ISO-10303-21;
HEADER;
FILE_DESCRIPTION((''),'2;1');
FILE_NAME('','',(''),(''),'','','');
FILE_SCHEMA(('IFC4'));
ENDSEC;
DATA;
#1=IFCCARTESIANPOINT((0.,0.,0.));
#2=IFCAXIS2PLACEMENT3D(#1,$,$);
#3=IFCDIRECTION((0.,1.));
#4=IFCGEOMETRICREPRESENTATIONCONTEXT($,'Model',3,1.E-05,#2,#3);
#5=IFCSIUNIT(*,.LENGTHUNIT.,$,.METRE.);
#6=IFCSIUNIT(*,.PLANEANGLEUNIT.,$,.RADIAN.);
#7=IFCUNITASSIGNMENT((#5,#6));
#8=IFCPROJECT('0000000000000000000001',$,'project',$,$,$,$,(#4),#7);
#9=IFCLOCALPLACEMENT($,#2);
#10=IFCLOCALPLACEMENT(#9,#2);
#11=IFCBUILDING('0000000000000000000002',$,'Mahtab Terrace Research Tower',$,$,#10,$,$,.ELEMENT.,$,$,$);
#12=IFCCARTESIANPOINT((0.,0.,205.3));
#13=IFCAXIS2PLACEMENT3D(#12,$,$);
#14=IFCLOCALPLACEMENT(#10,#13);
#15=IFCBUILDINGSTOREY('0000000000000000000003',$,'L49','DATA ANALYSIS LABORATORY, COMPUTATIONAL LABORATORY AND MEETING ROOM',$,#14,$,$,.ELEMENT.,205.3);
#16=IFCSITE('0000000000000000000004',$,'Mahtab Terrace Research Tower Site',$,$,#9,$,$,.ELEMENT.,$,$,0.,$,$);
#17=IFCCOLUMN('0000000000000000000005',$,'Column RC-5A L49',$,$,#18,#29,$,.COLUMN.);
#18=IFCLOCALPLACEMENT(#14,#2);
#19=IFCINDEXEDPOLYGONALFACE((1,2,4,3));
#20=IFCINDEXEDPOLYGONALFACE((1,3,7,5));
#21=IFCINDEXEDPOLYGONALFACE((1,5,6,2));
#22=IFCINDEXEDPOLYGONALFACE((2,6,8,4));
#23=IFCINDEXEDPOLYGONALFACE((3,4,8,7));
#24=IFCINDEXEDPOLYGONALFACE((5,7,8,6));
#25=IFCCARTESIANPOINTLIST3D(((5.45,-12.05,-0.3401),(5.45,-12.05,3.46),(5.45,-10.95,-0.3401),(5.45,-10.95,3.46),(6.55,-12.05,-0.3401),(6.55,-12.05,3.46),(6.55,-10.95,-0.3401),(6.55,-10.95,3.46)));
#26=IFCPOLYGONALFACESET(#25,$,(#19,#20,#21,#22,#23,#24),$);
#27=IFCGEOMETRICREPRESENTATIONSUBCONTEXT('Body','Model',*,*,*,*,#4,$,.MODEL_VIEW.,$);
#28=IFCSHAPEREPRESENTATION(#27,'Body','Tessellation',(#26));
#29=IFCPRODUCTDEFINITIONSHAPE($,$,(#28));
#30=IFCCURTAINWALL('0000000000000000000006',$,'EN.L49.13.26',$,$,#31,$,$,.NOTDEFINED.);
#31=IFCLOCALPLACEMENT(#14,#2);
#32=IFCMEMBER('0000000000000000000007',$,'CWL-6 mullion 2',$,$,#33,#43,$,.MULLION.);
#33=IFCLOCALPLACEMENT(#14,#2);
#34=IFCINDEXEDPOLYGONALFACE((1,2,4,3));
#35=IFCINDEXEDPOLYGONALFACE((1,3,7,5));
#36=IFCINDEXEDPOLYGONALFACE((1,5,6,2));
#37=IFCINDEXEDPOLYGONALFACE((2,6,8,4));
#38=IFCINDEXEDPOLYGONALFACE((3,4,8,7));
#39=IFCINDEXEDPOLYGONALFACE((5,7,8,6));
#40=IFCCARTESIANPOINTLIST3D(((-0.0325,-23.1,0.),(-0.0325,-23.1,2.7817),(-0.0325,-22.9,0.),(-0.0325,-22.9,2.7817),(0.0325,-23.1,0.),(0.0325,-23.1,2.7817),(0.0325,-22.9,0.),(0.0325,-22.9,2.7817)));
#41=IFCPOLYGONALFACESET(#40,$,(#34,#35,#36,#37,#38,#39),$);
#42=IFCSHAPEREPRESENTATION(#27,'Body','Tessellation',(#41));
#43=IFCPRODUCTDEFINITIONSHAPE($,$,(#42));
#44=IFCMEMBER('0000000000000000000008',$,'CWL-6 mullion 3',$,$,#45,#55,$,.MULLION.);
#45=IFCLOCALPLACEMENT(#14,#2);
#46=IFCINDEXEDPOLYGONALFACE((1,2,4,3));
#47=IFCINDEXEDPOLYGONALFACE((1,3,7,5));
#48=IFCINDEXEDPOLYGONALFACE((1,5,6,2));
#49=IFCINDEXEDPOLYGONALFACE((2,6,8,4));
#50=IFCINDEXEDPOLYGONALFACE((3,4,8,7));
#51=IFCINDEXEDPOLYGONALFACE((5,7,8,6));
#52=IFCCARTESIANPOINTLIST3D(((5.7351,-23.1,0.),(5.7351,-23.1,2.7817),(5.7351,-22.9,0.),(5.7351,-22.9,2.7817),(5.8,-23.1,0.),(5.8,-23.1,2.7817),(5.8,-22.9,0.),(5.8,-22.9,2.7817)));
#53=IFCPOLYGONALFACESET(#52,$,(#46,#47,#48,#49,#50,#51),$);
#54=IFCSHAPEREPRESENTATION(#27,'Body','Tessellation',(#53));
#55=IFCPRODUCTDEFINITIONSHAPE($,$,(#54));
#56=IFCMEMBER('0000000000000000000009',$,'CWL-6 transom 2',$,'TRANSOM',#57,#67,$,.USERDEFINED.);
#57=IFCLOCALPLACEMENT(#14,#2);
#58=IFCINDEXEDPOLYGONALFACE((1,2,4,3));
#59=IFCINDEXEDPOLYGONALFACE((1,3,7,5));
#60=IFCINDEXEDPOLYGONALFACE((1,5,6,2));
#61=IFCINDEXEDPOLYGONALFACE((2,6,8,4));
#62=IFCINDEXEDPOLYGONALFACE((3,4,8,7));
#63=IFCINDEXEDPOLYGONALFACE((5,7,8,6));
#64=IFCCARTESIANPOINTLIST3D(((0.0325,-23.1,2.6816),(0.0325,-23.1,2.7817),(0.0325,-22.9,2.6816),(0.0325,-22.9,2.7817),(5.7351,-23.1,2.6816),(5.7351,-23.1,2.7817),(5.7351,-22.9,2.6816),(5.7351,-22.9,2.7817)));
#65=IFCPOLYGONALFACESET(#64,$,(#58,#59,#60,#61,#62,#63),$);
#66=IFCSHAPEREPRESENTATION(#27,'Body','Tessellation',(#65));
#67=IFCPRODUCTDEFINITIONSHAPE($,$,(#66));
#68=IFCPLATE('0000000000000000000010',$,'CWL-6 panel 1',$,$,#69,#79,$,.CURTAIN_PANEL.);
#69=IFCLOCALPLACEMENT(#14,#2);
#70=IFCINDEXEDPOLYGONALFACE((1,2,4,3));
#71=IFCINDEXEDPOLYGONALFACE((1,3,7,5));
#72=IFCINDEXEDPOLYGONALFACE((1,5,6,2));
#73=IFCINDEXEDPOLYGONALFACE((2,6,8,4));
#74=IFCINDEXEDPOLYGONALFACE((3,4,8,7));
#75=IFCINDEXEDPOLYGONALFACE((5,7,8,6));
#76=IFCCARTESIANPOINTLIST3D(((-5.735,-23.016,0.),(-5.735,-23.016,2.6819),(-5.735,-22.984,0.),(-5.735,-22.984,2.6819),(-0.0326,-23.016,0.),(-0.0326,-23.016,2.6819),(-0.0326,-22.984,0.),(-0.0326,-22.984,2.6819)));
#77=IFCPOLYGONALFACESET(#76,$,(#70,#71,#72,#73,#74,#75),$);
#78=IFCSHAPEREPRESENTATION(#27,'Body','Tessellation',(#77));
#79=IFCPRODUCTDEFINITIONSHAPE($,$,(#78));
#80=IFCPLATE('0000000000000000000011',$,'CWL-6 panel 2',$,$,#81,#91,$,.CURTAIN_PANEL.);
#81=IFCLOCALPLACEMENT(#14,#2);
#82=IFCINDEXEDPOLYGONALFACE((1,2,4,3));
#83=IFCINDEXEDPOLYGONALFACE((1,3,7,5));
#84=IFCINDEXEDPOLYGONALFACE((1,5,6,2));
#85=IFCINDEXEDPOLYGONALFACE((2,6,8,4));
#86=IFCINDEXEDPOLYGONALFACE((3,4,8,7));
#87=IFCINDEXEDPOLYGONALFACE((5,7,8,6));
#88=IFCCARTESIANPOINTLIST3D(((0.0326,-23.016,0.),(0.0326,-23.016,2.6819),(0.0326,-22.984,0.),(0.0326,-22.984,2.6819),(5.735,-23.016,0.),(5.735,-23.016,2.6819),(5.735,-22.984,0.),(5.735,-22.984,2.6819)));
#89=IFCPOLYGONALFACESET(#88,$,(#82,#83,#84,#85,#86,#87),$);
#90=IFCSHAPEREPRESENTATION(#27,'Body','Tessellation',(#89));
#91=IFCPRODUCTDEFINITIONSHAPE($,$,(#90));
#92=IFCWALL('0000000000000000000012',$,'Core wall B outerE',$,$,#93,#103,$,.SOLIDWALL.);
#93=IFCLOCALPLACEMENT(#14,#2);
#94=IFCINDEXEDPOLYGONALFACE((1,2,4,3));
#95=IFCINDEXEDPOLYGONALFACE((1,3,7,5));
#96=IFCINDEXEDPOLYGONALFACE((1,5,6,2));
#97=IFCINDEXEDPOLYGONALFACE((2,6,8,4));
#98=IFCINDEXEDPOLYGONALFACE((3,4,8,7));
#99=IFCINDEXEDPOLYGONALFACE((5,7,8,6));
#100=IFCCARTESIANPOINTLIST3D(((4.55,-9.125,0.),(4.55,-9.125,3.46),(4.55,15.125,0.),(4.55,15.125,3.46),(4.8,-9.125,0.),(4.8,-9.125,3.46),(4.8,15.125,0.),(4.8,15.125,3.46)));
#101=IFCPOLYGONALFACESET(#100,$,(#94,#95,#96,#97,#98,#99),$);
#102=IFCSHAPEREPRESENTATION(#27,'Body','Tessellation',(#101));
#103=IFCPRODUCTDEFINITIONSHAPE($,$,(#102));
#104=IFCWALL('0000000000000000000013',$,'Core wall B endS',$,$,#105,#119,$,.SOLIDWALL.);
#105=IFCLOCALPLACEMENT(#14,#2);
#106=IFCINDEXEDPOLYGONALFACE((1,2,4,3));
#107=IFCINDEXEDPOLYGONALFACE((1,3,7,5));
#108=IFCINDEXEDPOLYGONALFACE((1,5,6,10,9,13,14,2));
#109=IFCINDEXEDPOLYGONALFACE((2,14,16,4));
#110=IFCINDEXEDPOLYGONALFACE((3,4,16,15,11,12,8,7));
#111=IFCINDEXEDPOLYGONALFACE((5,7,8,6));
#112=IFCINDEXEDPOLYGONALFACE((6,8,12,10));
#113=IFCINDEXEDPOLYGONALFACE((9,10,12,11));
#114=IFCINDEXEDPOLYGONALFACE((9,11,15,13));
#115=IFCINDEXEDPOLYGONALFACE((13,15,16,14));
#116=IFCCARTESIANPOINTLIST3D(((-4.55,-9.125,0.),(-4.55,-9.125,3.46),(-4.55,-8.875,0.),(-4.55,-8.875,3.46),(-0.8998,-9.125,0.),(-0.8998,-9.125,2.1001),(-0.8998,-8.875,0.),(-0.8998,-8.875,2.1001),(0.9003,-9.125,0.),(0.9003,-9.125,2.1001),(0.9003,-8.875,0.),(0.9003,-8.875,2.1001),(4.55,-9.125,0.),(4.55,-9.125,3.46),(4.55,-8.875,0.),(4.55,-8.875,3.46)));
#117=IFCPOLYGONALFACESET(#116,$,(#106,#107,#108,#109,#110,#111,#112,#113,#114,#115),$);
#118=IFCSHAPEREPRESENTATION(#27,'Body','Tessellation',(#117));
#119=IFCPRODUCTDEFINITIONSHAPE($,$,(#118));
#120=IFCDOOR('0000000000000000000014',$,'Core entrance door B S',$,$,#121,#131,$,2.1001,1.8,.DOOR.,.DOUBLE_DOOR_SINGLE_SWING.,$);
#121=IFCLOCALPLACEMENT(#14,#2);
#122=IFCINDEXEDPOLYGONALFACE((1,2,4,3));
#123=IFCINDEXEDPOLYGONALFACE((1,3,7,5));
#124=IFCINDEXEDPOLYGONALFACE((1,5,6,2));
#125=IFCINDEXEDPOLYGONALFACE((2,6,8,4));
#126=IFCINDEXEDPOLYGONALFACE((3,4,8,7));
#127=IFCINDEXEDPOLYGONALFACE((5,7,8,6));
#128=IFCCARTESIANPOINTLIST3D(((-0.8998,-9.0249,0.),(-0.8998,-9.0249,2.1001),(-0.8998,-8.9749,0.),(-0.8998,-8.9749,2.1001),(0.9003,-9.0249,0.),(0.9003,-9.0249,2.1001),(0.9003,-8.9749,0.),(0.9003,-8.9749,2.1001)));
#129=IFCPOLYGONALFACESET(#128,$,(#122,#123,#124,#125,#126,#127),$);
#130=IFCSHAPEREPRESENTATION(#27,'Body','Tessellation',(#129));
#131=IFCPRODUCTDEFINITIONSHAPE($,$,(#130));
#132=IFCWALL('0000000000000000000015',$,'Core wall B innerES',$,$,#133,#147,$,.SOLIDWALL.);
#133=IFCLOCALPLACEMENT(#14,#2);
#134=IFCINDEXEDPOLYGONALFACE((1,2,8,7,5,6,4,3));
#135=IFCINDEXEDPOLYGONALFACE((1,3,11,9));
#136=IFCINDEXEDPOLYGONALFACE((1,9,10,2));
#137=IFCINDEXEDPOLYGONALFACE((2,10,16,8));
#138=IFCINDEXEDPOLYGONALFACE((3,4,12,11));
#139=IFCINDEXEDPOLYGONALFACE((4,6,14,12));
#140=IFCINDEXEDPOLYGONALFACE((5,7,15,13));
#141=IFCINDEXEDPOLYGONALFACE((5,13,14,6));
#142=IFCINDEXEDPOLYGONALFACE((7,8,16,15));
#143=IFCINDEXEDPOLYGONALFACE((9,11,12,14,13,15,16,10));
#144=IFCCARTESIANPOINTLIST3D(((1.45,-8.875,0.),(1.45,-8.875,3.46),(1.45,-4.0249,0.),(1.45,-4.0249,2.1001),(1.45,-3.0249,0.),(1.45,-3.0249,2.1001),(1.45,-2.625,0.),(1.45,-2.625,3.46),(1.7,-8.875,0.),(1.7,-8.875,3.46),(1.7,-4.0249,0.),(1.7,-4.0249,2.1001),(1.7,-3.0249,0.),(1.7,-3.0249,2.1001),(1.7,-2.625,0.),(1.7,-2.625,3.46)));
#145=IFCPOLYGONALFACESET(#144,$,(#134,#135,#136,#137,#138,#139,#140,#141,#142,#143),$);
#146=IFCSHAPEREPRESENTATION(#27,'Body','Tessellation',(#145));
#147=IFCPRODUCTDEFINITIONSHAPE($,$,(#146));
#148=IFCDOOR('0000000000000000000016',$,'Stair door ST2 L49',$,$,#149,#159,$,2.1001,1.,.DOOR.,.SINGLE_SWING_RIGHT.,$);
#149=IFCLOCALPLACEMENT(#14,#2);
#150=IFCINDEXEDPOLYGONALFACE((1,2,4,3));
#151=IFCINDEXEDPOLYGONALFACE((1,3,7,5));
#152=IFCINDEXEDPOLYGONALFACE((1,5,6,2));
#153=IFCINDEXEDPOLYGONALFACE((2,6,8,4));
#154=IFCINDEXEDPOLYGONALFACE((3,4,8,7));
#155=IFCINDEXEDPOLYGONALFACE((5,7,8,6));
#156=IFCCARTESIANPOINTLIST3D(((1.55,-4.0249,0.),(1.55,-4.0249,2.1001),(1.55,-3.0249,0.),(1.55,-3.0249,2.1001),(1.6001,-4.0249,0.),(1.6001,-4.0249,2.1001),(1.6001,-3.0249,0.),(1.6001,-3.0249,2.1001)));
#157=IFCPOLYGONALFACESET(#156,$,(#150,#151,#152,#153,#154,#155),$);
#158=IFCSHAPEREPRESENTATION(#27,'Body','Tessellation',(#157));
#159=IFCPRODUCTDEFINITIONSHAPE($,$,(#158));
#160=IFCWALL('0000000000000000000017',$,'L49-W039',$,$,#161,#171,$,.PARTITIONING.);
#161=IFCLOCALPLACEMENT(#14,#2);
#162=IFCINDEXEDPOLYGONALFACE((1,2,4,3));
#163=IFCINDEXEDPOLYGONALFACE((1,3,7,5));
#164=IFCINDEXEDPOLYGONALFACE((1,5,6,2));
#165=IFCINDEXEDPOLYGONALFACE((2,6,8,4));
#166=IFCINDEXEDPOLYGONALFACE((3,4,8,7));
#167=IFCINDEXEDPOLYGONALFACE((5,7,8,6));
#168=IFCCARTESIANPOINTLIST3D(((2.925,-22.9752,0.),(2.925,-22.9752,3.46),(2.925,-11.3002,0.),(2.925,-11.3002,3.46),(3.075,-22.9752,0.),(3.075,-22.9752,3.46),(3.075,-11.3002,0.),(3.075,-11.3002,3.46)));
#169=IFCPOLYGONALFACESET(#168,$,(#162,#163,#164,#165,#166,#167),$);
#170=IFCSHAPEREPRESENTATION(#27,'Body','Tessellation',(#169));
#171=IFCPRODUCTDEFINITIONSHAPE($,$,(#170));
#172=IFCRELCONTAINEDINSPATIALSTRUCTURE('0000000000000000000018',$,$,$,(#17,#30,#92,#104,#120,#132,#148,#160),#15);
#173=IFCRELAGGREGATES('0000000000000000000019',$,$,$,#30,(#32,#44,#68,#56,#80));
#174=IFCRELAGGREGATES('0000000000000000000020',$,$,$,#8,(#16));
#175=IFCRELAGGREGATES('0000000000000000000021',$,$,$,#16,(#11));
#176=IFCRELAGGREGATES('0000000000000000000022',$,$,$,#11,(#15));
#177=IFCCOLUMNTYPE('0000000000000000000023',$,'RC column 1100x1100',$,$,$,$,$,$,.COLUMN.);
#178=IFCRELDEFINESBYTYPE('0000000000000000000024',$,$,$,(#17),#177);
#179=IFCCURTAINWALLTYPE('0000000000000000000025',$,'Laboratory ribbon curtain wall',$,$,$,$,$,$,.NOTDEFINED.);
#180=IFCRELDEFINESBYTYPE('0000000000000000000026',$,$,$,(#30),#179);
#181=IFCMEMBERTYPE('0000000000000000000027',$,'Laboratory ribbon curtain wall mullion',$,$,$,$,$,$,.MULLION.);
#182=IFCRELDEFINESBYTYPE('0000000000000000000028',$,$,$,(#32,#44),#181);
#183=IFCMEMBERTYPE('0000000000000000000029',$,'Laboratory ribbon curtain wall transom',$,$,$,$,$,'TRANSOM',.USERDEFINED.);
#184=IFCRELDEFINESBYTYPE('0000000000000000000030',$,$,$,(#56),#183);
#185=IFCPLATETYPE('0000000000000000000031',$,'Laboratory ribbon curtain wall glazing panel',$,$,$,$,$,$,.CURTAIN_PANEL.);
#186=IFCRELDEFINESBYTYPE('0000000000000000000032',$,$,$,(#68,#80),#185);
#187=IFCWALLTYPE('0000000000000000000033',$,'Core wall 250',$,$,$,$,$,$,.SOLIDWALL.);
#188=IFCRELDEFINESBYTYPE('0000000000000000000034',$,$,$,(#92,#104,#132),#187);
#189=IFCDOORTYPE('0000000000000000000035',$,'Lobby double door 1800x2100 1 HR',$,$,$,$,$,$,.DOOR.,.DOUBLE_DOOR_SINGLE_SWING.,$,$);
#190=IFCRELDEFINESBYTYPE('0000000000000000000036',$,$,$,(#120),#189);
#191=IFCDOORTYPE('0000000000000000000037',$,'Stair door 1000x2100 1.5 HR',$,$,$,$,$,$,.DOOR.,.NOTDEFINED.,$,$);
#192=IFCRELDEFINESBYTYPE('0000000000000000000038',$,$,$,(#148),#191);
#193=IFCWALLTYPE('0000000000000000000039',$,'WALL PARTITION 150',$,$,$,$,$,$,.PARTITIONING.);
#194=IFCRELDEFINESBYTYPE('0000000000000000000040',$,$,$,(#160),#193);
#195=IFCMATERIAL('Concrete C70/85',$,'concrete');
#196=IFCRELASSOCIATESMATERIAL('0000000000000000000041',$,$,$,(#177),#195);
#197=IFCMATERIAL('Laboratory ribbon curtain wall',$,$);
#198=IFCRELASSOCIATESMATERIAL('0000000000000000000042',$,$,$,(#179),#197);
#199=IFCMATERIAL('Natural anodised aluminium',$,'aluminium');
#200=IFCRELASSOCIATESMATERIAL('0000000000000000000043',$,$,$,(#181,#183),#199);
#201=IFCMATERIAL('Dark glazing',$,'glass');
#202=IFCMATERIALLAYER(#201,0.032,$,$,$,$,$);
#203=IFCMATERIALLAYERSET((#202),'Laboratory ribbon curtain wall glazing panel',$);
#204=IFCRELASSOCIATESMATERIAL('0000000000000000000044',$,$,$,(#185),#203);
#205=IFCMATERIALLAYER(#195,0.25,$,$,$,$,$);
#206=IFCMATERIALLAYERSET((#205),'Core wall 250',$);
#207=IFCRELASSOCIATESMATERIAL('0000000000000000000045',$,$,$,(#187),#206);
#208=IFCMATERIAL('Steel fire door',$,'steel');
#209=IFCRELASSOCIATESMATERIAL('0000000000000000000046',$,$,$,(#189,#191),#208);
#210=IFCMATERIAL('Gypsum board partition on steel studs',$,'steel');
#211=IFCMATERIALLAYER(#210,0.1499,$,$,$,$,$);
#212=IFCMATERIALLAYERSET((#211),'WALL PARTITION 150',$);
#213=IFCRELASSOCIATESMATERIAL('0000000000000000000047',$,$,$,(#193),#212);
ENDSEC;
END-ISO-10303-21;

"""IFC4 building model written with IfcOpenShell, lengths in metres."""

from ifc_helpers import new_model, si_unit, direction, frame, frame_2d, origin, origin_2d, place, context, subcontext, project, spatial, rectangle, extrude, material, layer, layer_set, material_profile, profile_set, type_object, element, fill, aggregate, save


model = new_model("IFC4")

# Units and contexts
model_context = context("Model", 3, precision=1e-05, world=origin(), true_north=direction((0.0, 1.0)))
body_context = subcontext(model_context, "Body", "Model", "MODEL_VIEW")
ifc_project = project(units=[si_unit("LENGTHUNIT", "METRE"), si_unit("PLANEANGLEUNIT", "RADIAN")], contexts=[model_context])

# Site, building, storey
site_placement = place(None, origin())
site = spatial("IfcSite", under=ifc_project, at=site_placement, Name="Mahtab Terrace Research Tower Site", CompositionType="ELEMENT", RefElevation=0.0)
building_placement = place(site_placement, origin())
building = spatial("IfcBuilding", under=site, at=building_placement, Name="Mahtab Terrace Research Tower", CompositionType="ELEMENT")
storey_placement = place(building_placement, frame((0.0, 0.0, 205.3)))
storey = spatial("IfcBuildingStorey", under=building, at=storey_placement, Name="L49", Description="DATA ANALYSIS LABORATORY, COMPUTATIONAL LABORATORY AND MEETING ROOM", CompositionType="ELEMENT", Elevation=205.3)

# Column
ifc_material_1 = material(Name="Concrete C70/85", Category="concrete")
ifc_material_profile_1 = material_profile(ifc_material_1, rectangle(XDim=1.1001, YDim=1.1001, at=origin_2d()), Name="RC column 1100x1100")
ifc_profile_set_1 = profile_set([ifc_material_profile_1], Name="Concrete C70/85")
column_type = type_object("IfcColumnType", Name="RC column 1100x1100", PredefinedType="COLUMN", material=ifc_profile_set_1)
column_placement = place(storey_placement, frame((6.0, -11.5, -0.3401), z_axis=(0.0, 0.0, 1.0), x_axis=(1.0, 0.0, 0.0)))
element("IfcColumn", 1, at=column_placement, inside=storey, type_object=column_type, Name="Column RC-5A L49", PredefinedType="COLUMN", context=body_context, shape_type="SweptSolid", body=[
    extrude(rectangle(XDim=1.1001, YDim=1.1001, at=origin_2d()), origin(), (0.0, 0.0, 1.0), 3.8),
])

# Curtain wall, members, plates
ifc_material_2 = material(Name="Laboratory ribbon curtain wall")
curtain_wall_type = type_object("IfcCurtainWallType", Name="Laboratory ribbon curtain wall", PredefinedType="NOTDEFINED", material=ifc_material_2)
curtain_wall_placement = place(storey_placement, origin())
curtain_wall = element("IfcCurtainWall", 2, at=curtain_wall_placement, inside=storey, type_object=curtain_wall_type, Name="EN.L49.13.26", PredefinedType="NOTDEFINED")
ifc_material_3 = material(Name="Natural anodised aluminium", Category="aluminium")
ifc_material_profile_2 = material_profile(ifc_material_3, rectangle(XDim=0.2, YDim=0.0649, at=origin_2d()), Name="MULLION 65x200")
ifc_profile_set_2 = profile_set([ifc_material_profile_2], Name="Natural anodised aluminium")
member_type_1 = type_object("IfcMemberType", Name="Laboratory ribbon curtain wall mullion", PredefinedType="MULLION", material=ifc_profile_set_2)
member_1_placement = place(storey_placement, frame((0.0, -23.0, 0.0), z_axis=(0.0, 0.0, 1.0), x_axis=(0.0, 1.0, 0.0)))
member_1 = element("IfcMember", 3, at=member_1_placement, type_object=member_type_1, Name="CWL-6 mullion 2", PredefinedType="MULLION", context=body_context, shape_type="SweptSolid", body=[
    extrude(rectangle(XDim=0.2, YDim=0.0649, at=origin_2d()), origin(), (0.0, 0.0, 1.0), 2.7817),
])
member_2_placement = place(storey_placement, frame((5.7676, -23.0, 0.0), z_axis=(0.0, 0.0, 1.0), x_axis=(0.0, 1.0, 0.0)))
member_2 = element("IfcMember", 4, at=member_2_placement, type_object=member_type_1, Name="CWL-6 mullion 3", PredefinedType="MULLION", context=body_context, shape_type="SweptSolid", body=[
    extrude(rectangle(XDim=0.2, YDim=0.0649, at=origin_2d()), origin(), (0.0, 0.0, 1.0), 2.7817),
])
ifc_material_profile_3 = material_profile(ifc_material_3, rectangle(XDim=0.2, YDim=0.1001, at=origin_2d()), Name="TRANSOM 100x200")
ifc_profile_set_3 = profile_set([ifc_material_profile_3], Name="Natural anodised aluminium")
member_type_2 = type_object("IfcMemberType", Name="Laboratory ribbon curtain wall transom", ElementType="TRANSOM", PredefinedType="USERDEFINED", material=ifc_profile_set_3)
member_3_placement = place(storey_placement, frame((0.0325, -23.0, 2.7317), z_axis=(1.0, 0.0, 0.0), x_axis=(0.0, 1.0, 0.0)))
member_3 = element("IfcMember", 5, at=member_3_placement, type_object=member_type_2, Name="CWL-6 transom 2", ObjectType="TRANSOM", PredefinedType="USERDEFINED", context=body_context, shape_type="SweptSolid", body=[
    extrude(rectangle(XDim=0.2, YDim=0.1001, at=origin_2d()), origin(), (0.0, 0.0, 1.0), 5.7026),
])
ifc_material_4 = material(Name="Dark glazing", Category="glass")
ifc_layer_1 = layer(ifc_material_4, 0.032)
ifc_layer_set_1 = layer_set([ifc_layer_1], Name="Laboratory ribbon curtain wall glazing panel")
plate_type = type_object("IfcPlateType", Name="Laboratory ribbon curtain wall glazing panel", PredefinedType="CURTAIN_PANEL", material=ifc_layer_set_1)
plate_1_placement = place(storey_placement, frame((-2.8838, -23.0, 0.0), z_axis=(0.0, 0.0, 1.0), x_axis=(1.0, 0.0, 0.0)))
plate_1 = element("IfcPlate", 6, at=plate_1_placement, type_object=plate_type, Name="CWL-6 panel 1", PredefinedType="CURTAIN_PANEL", context=body_context, shape_type="SweptSolid", body=[
    extrude(rectangle(XDim=5.7024, YDim=0.032, at=origin_2d()), origin(), (0.0, 0.0, 1.0), 2.6819),
])
plate_2_placement = place(storey_placement, frame((2.8838, -23.0, 0.0), z_axis=(0.0, 0.0, 1.0), x_axis=(1.0, 0.0, 0.0)))
plate_2 = element("IfcPlate", 7, at=plate_2_placement, type_object=plate_type, Name="CWL-6 panel 2", PredefinedType="CURTAIN_PANEL", context=body_context, shape_type="SweptSolid", body=[
    extrude(rectangle(XDim=5.7024, YDim=0.032, at=origin_2d()), origin(), (0.0, 0.0, 1.0), 2.6819),
])
aggregate(curtain_wall, [member_1, member_2, plate_1, member_3, plate_2])

# Wall
ifc_layer_2 = layer(ifc_material_1, 0.25)
ifc_layer_set_2 = layer_set([ifc_layer_2], Name="Core wall 250")
wall_type_1 = type_object("IfcWallType", Name="Core wall 250", PredefinedType="SOLIDWALL", material=ifc_layer_set_2)
wall_1_placement = place(storey_placement, frame((4.675, -9.125, 0.0), z_axis=(0.0, 0.0, 1.0), x_axis=(0.0, 1.0, 0.0)))
element("IfcWall", 8, at=wall_1_placement, inside=storey, type_object=wall_type_1, Name="Core wall B outerE", PredefinedType="SOLIDWALL", context=body_context, shape_type="SweptSolid", body=[
    extrude(rectangle(XDim=24.25, YDim=0.25, at=frame_2d((12.125, 0.0))), origin(), (0.0, 0.0, 1.0), 3.46),
])

# Wall, opening, door
wall_2_placement = place(storey_placement, frame((4.55, -9.0, 0.0), z_axis=(0.0, 0.0, 1.0), x_axis=(-1.0, 0.0, 0.0)))
wall_2 = element("IfcWall", 9, at=wall_2_placement, inside=storey, type_object=wall_type_1, Name="Core wall B endS", PredefinedType="SOLIDWALL", context=body_context, shape_type="SweptSolid", body=[
    extrude(rectangle(XDim=9.1001, YDim=0.25, at=frame_2d((4.55, 0.0))), origin(), (0.0, 0.0, 1.0), 3.46),
])
opening_1_placement = place(wall_2_placement, frame((3.6499, 0.0, 0.0)))
opening_1 = element("IfcOpeningElement", 10, at=opening_1_placement, cuts=wall_2, PredefinedType="OPENING", context=body_context, shape_type="SweptSolid", body=[
    extrude(rectangle(XDim=1.8, YDim=2.1001, at=frame_2d((0.8999, 1.05))), frame((0.0, 0.135, 0.0), z_axis=(0.0, -1.0, 0.0), x_axis=(1.0, 0.0, 0.0)), (0.0, 0.0, 1.0), 0.27),
])
ifc_material_5 = material(Name="Steel fire door", Category="steel")
door_type_1 = type_object("IfcDoorType", Name="Lobby double door 1800x2100 1 HR", OperationType="DOUBLE_DOOR_SINGLE_SWING", PredefinedType="DOOR", material=ifc_material_5)
door_1_placement = place(opening_1_placement, origin())
door_1 = element("IfcDoor", 11, at=door_1_placement, inside=storey, type_object=door_type_1, Name="Core entrance door B S", OperationType="DOUBLE_DOOR_SINGLE_SWING", OverallHeight=2.1001, OverallWidth=1.8, PredefinedType="DOOR", context=body_context, shape_type="SweptSolid", body=[
    extrude(rectangle(XDim=1.8, YDim=2.1001, at=frame_2d((0.8999, 1.05))), frame((0.0, 0.0249, 0.0), z_axis=(0.0, -1.0, 0.0), x_axis=(1.0, 0.0, 0.0)), (0.0, 0.0, 1.0), 0.05),
])
fill(opening_1, door_1)

# Wall, opening, door
wall_3_placement = place(storey_placement, frame((1.575, -8.875, 0.0), z_axis=(0.0, 0.0, 1.0), x_axis=(0.0, 1.0, 0.0)))
wall_3 = element("IfcWall", 12, at=wall_3_placement, inside=storey, type_object=wall_type_1, Name="Core wall B innerES", PredefinedType="SOLIDWALL", context=body_context, shape_type="SweptSolid", body=[
    extrude(rectangle(XDim=6.25, YDim=0.25, at=frame_2d((3.125, 0.0))), origin(), (0.0, 0.0, 1.0), 3.46),
])
opening_2_placement = place(wall_3_placement, frame((4.8501, 0.0, 0.0)))
opening_2 = element("IfcOpeningElement", 13, at=opening_2_placement, cuts=wall_3, PredefinedType="OPENING", context=body_context, shape_type="SweptSolid", body=[
    extrude(rectangle(XDim=1.0, YDim=2.1001, at=frame_2d((0.5, 1.05))), frame((0.0, 0.135, 0.0), z_axis=(0.0, -1.0, 0.0), x_axis=(1.0, 0.0, 0.0)), (0.0, 0.0, 1.0), 0.27),
])
door_type_2 = type_object("IfcDoorType", Name="Stair door 1000x2100 1.5 HR", OperationType="NOTDEFINED", PredefinedType="DOOR", material=ifc_material_5)
door_2_placement = place(opening_2_placement, origin())
door_2 = element("IfcDoor", 14, at=door_2_placement, inside=storey, type_object=door_type_2, Name="Stair door ST2 L49", OperationType="SINGLE_SWING_RIGHT", OverallHeight=2.1001, OverallWidth=1.0, PredefinedType="DOOR", context=body_context, shape_type="SweptSolid", body=[
    extrude(rectangle(XDim=1.0, YDim=2.1001, at=frame_2d((0.5, 1.05))), frame((0.0, 0.0249, 0.0), z_axis=(0.0, -1.0, 0.0), x_axis=(1.0, 0.0, 0.0)), (0.0, 0.0, 1.0), 0.05),
])
fill(opening_2, door_2)

# Wall
ifc_material_6 = material(Name="Gypsum board partition on steel studs", Category="steel")
ifc_layer_3 = layer(ifc_material_6, 0.1499)
ifc_layer_set_3 = layer_set([ifc_layer_3], Name="WALL PARTITION 150")
wall_type_2 = type_object("IfcWallType", Name="WALL PARTITION 150", PredefinedType="PARTITIONING", material=ifc_layer_set_3)
wall_4_placement = place(storey_placement, frame((3.0, -22.9751, 0.0), z_axis=(0.0, 0.0, 1.0), x_axis=(0.0, 1.0, 0.0)))
element("IfcWall", 15, at=wall_4_placement, inside=storey, type_object=wall_type_2, Name="L49-W039", PredefinedType="PARTITIONING", context=body_context, shape_type="SweptSolid", body=[
    extrude(rectangle(XDim=11.675, YDim=0.1499, at=frame_2d((5.8374, 0.0))), origin(), (0.0, 0.0, 1.0), 3.46),
])

save(model, "model.ifc")
